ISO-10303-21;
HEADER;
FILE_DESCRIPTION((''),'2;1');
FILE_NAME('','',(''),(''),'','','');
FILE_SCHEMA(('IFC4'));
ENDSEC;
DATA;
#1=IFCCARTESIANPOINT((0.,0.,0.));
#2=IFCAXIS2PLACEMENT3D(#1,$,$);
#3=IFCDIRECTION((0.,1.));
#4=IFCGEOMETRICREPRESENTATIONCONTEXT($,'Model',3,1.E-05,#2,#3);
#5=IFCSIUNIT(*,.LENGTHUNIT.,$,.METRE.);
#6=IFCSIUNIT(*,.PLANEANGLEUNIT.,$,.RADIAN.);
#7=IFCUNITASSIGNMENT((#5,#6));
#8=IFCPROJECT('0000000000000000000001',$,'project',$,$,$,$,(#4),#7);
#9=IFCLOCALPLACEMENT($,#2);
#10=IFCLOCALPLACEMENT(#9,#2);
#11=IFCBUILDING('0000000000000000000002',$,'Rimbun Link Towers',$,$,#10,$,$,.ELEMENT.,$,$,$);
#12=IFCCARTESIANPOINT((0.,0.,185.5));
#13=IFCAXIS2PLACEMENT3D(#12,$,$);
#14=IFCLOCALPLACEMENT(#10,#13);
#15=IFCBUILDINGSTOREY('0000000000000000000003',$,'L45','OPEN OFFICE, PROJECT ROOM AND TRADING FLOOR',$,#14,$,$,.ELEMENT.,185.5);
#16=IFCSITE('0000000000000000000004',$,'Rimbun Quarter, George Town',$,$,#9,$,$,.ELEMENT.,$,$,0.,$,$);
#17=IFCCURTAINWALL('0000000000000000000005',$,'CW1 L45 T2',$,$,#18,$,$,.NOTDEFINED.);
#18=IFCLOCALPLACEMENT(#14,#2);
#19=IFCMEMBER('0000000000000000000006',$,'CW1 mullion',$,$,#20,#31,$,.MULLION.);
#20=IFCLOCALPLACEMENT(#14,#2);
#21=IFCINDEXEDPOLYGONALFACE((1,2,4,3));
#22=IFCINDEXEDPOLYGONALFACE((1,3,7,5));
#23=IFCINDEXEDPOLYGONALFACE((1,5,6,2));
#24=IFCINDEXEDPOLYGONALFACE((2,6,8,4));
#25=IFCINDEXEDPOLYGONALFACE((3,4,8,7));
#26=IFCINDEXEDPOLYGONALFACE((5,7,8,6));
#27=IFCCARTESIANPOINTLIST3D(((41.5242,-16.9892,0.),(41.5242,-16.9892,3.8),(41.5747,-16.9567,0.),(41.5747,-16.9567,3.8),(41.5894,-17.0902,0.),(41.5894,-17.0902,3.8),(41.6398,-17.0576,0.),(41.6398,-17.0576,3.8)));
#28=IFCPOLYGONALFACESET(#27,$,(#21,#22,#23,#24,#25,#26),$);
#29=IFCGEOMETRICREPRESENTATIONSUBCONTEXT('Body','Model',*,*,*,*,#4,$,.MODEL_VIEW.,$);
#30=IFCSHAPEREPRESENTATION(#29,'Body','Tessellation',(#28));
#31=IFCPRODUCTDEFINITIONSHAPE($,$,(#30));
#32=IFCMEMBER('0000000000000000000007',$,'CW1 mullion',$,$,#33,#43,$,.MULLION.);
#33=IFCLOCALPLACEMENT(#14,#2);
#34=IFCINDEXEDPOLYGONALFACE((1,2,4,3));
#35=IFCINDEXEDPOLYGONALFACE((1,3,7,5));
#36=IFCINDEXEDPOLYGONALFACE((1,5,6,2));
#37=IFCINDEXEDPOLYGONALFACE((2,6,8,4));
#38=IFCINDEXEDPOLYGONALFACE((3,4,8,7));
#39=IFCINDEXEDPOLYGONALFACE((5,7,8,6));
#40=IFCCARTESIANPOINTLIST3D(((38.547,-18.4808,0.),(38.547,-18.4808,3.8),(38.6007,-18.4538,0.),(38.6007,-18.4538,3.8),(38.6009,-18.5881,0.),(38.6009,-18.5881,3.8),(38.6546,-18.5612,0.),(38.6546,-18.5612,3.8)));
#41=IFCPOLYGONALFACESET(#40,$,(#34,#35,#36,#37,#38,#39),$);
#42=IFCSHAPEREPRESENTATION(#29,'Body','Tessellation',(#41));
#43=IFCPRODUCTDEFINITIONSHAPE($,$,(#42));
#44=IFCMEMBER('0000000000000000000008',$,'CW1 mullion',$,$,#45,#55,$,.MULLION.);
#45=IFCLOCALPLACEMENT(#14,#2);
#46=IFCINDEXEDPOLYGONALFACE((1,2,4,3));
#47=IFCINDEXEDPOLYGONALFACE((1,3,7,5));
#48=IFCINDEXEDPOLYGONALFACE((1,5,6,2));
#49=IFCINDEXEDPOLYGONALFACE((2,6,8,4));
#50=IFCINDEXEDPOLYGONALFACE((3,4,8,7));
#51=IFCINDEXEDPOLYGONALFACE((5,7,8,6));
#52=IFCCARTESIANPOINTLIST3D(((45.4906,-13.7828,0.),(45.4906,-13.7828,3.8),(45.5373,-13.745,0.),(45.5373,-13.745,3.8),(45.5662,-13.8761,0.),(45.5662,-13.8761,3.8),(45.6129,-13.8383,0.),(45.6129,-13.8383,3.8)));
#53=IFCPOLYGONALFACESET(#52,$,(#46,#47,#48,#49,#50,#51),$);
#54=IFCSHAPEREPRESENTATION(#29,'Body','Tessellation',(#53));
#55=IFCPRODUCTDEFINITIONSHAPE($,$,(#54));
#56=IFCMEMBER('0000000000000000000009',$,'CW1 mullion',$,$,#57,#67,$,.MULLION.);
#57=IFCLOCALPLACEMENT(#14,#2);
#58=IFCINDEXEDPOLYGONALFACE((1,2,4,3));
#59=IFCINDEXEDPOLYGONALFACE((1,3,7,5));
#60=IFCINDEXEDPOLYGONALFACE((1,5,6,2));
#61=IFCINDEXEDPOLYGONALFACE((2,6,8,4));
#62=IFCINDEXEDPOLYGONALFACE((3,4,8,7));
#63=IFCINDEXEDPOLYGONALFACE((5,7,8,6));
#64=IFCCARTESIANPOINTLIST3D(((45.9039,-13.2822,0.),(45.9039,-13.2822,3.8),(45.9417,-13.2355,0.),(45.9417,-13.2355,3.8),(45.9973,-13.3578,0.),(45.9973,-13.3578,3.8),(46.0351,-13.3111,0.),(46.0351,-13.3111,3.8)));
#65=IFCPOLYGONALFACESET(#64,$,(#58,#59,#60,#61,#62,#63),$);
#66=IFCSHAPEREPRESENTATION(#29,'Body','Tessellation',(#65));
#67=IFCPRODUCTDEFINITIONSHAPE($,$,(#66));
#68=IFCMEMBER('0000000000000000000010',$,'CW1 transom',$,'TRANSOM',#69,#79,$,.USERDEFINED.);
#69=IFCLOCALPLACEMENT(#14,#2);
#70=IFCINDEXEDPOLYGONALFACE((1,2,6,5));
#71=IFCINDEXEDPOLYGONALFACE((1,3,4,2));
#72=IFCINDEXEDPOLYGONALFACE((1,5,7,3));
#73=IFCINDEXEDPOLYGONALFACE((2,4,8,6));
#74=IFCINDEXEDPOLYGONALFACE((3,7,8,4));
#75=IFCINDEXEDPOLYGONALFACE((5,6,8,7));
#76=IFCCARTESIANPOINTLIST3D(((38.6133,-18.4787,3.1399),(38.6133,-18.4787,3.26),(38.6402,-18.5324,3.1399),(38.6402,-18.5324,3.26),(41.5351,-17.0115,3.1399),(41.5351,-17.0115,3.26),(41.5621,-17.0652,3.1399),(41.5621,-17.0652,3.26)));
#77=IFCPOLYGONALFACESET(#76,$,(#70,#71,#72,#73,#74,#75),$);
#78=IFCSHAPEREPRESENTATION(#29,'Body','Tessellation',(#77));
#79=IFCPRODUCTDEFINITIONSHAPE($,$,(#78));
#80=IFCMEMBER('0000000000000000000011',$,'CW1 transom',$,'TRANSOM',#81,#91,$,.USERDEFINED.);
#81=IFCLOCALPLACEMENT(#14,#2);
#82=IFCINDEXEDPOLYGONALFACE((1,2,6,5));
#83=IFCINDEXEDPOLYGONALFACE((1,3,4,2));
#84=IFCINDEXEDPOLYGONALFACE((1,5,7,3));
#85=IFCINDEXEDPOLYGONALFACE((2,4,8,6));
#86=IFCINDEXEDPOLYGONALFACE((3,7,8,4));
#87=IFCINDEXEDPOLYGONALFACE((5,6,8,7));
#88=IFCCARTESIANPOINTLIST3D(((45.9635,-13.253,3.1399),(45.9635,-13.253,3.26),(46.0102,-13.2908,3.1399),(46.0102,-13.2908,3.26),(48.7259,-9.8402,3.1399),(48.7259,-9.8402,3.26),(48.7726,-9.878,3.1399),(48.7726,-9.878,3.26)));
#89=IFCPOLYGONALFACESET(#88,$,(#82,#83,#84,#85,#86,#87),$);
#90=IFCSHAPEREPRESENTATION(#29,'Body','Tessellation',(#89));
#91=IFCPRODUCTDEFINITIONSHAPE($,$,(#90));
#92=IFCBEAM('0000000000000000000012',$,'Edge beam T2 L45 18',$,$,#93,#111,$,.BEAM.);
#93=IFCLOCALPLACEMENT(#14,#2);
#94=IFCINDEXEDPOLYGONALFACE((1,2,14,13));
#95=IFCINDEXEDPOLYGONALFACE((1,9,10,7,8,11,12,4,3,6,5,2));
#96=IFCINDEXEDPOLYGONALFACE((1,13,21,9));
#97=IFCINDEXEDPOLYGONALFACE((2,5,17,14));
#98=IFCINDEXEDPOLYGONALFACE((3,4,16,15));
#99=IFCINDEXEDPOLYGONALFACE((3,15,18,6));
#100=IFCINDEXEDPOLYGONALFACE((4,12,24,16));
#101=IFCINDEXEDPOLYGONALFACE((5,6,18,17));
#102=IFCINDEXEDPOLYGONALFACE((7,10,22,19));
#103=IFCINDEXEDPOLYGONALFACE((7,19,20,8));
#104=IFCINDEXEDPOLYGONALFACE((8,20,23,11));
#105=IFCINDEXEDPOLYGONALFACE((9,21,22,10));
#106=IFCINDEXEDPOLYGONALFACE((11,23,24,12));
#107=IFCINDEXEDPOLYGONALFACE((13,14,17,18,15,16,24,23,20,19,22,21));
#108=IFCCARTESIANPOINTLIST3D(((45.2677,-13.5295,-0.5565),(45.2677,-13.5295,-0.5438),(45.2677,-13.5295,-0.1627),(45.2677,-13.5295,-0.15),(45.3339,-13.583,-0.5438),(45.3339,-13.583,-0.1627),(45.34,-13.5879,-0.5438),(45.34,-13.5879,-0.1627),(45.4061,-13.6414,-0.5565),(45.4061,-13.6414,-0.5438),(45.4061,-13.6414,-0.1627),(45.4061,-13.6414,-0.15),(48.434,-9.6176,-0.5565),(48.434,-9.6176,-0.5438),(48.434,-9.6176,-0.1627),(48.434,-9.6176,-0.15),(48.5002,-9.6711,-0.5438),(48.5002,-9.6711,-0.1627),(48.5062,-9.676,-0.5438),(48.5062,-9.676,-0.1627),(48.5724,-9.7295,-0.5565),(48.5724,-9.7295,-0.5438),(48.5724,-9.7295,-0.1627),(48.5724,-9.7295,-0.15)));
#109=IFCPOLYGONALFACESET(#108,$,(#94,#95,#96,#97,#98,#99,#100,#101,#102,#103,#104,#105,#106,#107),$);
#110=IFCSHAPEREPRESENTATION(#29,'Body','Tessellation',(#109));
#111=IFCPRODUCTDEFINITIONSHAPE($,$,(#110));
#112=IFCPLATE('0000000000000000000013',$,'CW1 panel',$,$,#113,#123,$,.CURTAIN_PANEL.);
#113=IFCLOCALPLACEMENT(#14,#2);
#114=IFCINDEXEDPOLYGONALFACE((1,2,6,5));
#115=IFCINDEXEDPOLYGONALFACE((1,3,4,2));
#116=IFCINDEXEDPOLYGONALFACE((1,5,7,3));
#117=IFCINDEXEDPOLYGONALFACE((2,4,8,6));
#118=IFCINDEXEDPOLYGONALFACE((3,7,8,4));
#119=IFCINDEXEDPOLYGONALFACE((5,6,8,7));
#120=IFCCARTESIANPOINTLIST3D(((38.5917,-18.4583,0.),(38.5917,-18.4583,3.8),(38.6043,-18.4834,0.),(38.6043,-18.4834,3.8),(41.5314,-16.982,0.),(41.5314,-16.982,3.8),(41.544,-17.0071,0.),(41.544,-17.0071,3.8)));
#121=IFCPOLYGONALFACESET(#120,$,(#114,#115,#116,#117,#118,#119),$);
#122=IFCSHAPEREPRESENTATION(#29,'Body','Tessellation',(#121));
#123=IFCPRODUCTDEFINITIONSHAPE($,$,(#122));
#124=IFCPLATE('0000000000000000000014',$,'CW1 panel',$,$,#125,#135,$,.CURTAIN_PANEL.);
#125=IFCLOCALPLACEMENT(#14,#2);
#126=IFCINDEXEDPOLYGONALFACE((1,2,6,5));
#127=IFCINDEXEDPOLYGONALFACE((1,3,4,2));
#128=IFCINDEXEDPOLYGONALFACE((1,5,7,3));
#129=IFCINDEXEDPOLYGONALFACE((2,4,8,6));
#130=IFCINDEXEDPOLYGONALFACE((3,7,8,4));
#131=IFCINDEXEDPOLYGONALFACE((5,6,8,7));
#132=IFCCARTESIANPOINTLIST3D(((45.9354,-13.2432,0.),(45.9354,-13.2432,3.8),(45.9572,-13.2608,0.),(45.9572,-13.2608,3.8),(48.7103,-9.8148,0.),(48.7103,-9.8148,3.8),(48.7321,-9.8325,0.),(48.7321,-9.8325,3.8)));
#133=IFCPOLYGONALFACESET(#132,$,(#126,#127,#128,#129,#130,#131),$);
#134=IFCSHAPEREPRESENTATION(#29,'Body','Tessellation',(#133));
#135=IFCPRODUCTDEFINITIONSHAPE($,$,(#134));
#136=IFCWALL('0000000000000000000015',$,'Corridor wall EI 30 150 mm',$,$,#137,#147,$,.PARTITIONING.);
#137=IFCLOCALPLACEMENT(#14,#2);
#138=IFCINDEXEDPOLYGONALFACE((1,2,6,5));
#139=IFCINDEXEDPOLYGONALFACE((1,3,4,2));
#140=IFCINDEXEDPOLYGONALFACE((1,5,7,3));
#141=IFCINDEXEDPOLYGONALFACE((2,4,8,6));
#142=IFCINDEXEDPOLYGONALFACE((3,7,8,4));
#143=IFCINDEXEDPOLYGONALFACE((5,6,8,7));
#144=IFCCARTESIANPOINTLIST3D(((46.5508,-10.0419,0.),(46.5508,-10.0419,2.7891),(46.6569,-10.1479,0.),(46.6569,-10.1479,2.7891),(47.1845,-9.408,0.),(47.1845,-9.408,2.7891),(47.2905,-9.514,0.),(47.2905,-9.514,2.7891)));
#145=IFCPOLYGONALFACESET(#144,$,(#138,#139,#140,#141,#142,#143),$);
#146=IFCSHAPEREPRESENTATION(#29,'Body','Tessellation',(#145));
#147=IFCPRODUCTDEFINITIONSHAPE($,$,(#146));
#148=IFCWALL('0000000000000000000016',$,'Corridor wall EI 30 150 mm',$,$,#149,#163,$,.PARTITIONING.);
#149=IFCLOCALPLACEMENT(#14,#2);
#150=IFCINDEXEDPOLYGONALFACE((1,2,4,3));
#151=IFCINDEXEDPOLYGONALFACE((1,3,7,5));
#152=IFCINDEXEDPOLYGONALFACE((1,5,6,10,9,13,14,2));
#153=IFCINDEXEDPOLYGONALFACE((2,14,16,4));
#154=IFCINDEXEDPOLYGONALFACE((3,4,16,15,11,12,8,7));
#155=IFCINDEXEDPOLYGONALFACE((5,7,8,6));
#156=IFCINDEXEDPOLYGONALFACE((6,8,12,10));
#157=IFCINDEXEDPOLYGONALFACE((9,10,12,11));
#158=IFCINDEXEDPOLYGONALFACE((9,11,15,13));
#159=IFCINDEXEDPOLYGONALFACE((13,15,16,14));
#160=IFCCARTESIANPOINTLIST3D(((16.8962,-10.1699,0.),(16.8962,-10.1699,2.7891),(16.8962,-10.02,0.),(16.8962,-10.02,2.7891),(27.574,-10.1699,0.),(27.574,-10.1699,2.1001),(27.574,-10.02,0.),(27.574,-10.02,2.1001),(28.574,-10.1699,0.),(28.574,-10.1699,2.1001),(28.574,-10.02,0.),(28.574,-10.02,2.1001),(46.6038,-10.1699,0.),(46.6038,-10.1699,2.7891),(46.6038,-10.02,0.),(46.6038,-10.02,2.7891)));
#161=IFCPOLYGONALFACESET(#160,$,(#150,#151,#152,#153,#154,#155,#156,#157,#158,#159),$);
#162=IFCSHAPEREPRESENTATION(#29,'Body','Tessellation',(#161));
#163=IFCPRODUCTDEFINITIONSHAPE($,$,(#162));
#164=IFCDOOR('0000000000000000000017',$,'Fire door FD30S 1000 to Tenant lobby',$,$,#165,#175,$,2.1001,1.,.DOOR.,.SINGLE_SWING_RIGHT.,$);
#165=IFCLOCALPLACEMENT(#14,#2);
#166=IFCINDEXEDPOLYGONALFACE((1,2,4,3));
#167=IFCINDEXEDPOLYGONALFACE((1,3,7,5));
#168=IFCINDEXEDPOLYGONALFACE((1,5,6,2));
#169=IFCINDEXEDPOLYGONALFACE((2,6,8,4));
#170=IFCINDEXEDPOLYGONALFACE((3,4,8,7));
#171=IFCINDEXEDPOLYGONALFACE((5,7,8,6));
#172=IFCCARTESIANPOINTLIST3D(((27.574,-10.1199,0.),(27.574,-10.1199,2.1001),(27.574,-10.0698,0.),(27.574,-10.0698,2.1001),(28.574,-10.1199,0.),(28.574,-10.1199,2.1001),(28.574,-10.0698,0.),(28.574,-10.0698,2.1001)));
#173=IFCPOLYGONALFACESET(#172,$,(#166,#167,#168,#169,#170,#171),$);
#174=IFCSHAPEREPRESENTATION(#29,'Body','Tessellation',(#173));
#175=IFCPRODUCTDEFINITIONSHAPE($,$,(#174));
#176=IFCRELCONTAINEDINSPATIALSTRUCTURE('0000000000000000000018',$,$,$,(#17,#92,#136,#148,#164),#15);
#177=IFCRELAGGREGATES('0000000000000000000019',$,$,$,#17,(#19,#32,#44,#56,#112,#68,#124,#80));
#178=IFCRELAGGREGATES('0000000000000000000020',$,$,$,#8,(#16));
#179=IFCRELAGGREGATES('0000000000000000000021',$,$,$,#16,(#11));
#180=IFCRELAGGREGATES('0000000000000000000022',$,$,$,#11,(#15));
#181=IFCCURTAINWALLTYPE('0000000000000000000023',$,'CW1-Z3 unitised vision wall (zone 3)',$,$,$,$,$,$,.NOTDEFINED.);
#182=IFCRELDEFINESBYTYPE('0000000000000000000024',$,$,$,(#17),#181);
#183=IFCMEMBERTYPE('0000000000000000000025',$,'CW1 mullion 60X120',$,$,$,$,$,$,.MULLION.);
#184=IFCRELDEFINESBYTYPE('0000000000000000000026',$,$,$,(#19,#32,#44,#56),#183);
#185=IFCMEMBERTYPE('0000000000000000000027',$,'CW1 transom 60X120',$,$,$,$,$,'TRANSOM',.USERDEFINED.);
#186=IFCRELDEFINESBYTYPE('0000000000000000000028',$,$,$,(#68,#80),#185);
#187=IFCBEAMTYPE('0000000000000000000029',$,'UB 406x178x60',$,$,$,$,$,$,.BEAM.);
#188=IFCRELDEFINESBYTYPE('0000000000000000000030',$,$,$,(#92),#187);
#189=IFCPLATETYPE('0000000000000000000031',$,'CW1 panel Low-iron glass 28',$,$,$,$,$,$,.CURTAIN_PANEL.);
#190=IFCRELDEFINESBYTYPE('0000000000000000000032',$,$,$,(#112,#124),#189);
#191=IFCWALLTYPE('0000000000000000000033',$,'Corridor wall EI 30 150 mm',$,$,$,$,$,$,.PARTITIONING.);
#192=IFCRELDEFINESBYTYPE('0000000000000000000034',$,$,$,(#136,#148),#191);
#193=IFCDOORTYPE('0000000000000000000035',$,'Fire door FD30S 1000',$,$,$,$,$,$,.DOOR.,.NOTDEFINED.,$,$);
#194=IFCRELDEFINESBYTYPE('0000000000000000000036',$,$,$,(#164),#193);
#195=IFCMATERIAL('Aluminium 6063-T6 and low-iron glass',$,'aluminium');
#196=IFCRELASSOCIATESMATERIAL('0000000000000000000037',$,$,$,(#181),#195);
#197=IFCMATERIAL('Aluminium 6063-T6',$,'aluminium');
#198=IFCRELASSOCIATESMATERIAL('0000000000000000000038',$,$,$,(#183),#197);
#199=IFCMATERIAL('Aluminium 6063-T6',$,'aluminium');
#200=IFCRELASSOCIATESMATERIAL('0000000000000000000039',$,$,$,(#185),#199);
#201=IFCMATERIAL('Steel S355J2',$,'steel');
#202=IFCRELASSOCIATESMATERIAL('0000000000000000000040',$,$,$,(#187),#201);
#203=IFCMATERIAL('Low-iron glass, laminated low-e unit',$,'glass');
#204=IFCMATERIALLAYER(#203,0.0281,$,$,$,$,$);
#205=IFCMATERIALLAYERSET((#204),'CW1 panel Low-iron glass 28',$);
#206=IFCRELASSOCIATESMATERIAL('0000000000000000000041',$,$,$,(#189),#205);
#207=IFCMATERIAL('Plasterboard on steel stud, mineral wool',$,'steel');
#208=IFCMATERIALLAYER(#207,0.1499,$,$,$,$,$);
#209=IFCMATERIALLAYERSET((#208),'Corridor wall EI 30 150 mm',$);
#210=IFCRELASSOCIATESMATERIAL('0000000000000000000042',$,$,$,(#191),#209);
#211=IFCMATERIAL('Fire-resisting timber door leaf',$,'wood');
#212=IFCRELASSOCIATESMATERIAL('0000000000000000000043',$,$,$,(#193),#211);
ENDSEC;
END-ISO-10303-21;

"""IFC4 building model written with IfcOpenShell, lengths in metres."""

from ifc_helpers import new_model, si_unit, direction, frame, frame_2d, origin, origin_2d, place, context, subcontext, project, spatial, rectangle, i_section, extrude, material, layer, layer_set, material_profile, profile_set, type_object, element, fill, aggregate, save


model = new_model("IFC4")

# Units and contexts
model_context = context("Model", 3, precision=1e-05, world=origin(), true_north=direction((0.0, 1.0)))
body_context = subcontext(model_context, "Body", "Model", "MODEL_VIEW")
ifc_project = project(units=[si_unit("LENGTHUNIT", "METRE"), si_unit("PLANEANGLEUNIT", "RADIAN")], contexts=[model_context])

# Site, building, storey
site_placement = place(None, origin())
site = spatial("IfcSite", under=ifc_project, at=site_placement, Name="Rimbun Quarter, George Town", CompositionType="ELEMENT", RefElevation=0.0)
building_placement = place(site_placement, origin())
building = spatial("IfcBuilding", under=site, at=building_placement, Name="Rimbun Link Towers", CompositionType="ELEMENT")
storey_placement = place(building_placement, frame((0.0, 0.0, 185.5)))
storey = spatial("IfcBuildingStorey", under=building, at=storey_placement, Name="L45", Description="OPEN OFFICE, PROJECT ROOM AND TRADING FLOOR", CompositionType="ELEMENT", Elevation=185.5)

# Curtain wall, members
ifc_material_1 = material(Name="Aluminium 6063-T6 and low-iron glass", Category="aluminium")
curtain_wall_type = type_object("IfcCurtainWallType", Name="CW1-Z3 unitised vision wall (zone 3)", PredefinedType="NOTDEFINED", material=ifc_material_1)
curtain_wall_placement = place(storey_placement, origin())
curtain_wall = element("IfcCurtainWall", 1, at=curtain_wall_placement, inside=storey, type_object=curtain_wall_type, Name="CW1 L45 T2", PredefinedType="NOTDEFINED")
ifc_material_2 = material(Name="Aluminium 6063-T6", Category="aluminium")
ifc_material_profile_1 = material_profile(ifc_material_2, rectangle(XDim=0.1201, YDim=0.0601, at=origin_2d()), Name="MULLION 60X120")
ifc_profile_set_1 = profile_set([ifc_material_profile_1], Name="Aluminium 6063-T6")
member_type_1 = type_object("IfcMemberType", Name="CW1 mullion 60X120", PredefinedType="MULLION", material=ifc_profile_set_1)
member_1_placement = place(storey_placement, frame((41.582, -17.0234, 0.0), z_axis=(0.0, 0.0, 1.0), x_axis=(0.542094, -0.840318, 0.0)))
member_1 = element("IfcMember", 2, at=member_1_placement, type_object=member_type_1, Name="CW1 mullion", PredefinedType="MULLION", context=body_context, shape_type="SweptSolid", body=[
    extrude(rectangle(XDim=0.1201, YDim=0.0601, at=origin_2d()), origin(), (0.0, 0.0, 1.0), 3.8),
])
member_2_placement = place(storey_placement, frame((38.6008, -18.521, 0.0), z_axis=(0.0, 0.0, 1.0), x_axis=(0.448781, -0.893642, 0.0)))
member_2 = element("IfcMember", 3, at=member_2_placement, type_object=member_type_1, Name="CW1 mullion", PredefinedType="MULLION", context=body_context, shape_type="SweptSolid", body=[
    extrude(rectangle(XDim=0.1201, YDim=0.0601, at=origin_2d()), origin(), (0.0, 0.0, 1.0), 3.8),
])
member_3_placement = place(storey_placement, frame((45.5518, -13.8105, 0.0), z_axis=(0.0, 0.0, 1.0), x_axis=(0.629146, -0.777287, 0.0)))
member_3 = element("IfcMember", 4, at=member_3_placement, type_object=member_type_1, Name="CW1 mullion", PredefinedType="MULLION", context=body_context, shape_type="SweptSolid", body=[
    extrude(rectangle(XDim=0.1201, YDim=0.0601, at=origin_2d()), origin(), (0.0, 0.0, 1.0), 3.8),
])
member_4_placement = place(storey_placement, frame((45.9695, -13.2966, 0.0), z_axis=(0.0, 0.0, 1.0), x_axis=(0.777287, -0.629146, 0.0)))
member_4 = element("IfcMember", 5, at=member_4_placement, type_object=member_type_1, Name="CW1 mullion", PredefinedType="MULLION", context=body_context, shape_type="SweptSolid", body=[
    extrude(rectangle(XDim=0.1201, YDim=0.0601, at=origin_2d()), origin(), (0.0, 0.0, 1.0), 3.8),
])
ifc_material_3 = material(Name="Aluminium 6063-T6", Category="aluminium")
ifc_material_profile_2 = material_profile(ifc_material_3, rectangle(XDim=0.0601, YDim=0.1201, at=origin_2d()), Name="TRANSOM 60X120")
ifc_profile_set_2 = profile_set([ifc_material_profile_2], Name="Aluminium 6063-T6")
member_type_2 = type_object("IfcMemberType", Name="CW1 transom 60X120", ElementType="TRANSOM", PredefinedType="USERDEFINED", material=ifc_profile_set_2)
member_5_placement = place(storey_placement, frame((41.5486, -17.0383, 3.2), z_axis=(-0.893649, -0.448766, 0.0), x_axis=(0.448766, -0.893649, 0.0)))
member_5 = element("IfcMember", 6, at=member_5_placement, type_object=member_type_2, Name="CW1 transom", ObjectType="TRANSOM", PredefinedType="USERDEFINED", context=body_context, shape_type="SweptSolid", body=[
    extrude(rectangle(XDim=0.0601, YDim=0.1201, at=origin_2d()), origin(), (0.0, 0.0, 1.0), 3.2695),
])
member_6_placement = place(storey_placement, frame((48.7493, -9.8591, 3.2), z_axis=(-0.629153, -0.777281, 0.0), x_axis=(0.777281, -0.629153, 0.0)))
member_6 = element("IfcMember", 7, at=member_6_placement, type_object=member_type_2, Name="CW1 transom", ObjectType="TRANSOM", PredefinedType="USERDEFINED", context=body_context, shape_type="SweptSolid", body=[
    extrude(rectangle(XDim=0.0601, YDim=0.1201, at=origin_2d()), origin(), (0.0, 0.0, 1.0), 4.3906),
])

# Beam
ifc_material_4 = material(Name="Steel S355J2", Category="steel")
ifc_material_profile_3 = material_profile(ifc_material_4, i_section(OverallWidth=0.178, OverallDepth=0.4065, WebThickness=0.0078, FlangeThickness=0.0127, at=origin_2d()), Name="UB 406x178x60")
ifc_profile_set_3 = profile_set([ifc_material_profile_3], Name="Steel S355J2")
beam_type = type_object("IfcBeamType", Name="UB 406x178x60", PredefinedType="BEAM", material=ifc_profile_set_3)
beam_placement = place(storey_placement, frame((45.3369, -13.5854, -0.3533), z_axis=(0.62914, 0.777292, 0.0), x_axis=(-0.777292, 0.62914, 0.0)))
element("IfcBeam", 8, at=beam_placement, inside=storey, type_object=beam_type, Name="Edge beam T2 L45 18", PredefinedType="BEAM", context=body_context, shape_type="SweptSolid", body=[
    extrude(i_section(OverallWidth=0.178, OverallDepth=0.4065, WebThickness=0.0078, FlangeThickness=0.0127, at=origin_2d()), origin(), (0.0, 0.0, 1.0), 5.0327),
])

# Plates
ifc_material_5 = material(Name="Low-iron glass, laminated low-e unit", Category="glass")
ifc_layer_1 = layer(ifc_material_5, 0.0281)
ifc_layer_set_1 = layer_set([ifc_layer_1], Name="CW1 panel Low-iron glass 28")
plate_type = type_object("IfcPlateType", Name="CW1 panel Low-iron glass 28", PredefinedType="CURTAIN_PANEL", material=ifc_layer_set_1)
plate_1_placement = place(storey_placement, frame((40.0679, -17.7327, 0.0), z_axis=(0.0, 0.0, 1.0), x_axis=(-0.893642, -0.448781, 0.0)))
plate_1 = element("IfcPlate", 9, at=plate_1_placement, type_object=plate_type, Name="CW1 panel", PredefinedType="CURTAIN_PANEL", context=body_context, shape_type="SweptSolid", body=[
    extrude(rectangle(XDim=3.2896, YDim=0.0281, at=origin_2d()), origin(), (0.0, 0.0, 1.0), 3.8),
])
plate_2_placement = place(storey_placement, frame((47.3337, -11.5378, 0.0), z_axis=(0.0, 0.0, 1.0), x_axis=(-0.629146, -0.777287, 0.0)))
plate_2 = element("IfcPlate", 10, at=plate_2_placement, type_object=plate_type, Name="CW1 panel", PredefinedType="CURTAIN_PANEL", context=body_context, shape_type="SweptSolid", body=[
    extrude(rectangle(XDim=4.4106, YDim=0.0281, at=origin_2d()), origin(), (0.0, 0.0, 1.0), 3.8),
])
aggregate(curtain_wall, [member_1, member_2, member_3, member_4, plate_1, member_5, plate_2, member_6])

# Wall
ifc_material_6 = material(Name="Plasterboard on steel stud, mineral wool", Category="steel")
ifc_layer_2 = layer(ifc_material_6, 0.1499)
ifc_layer_set_2 = layer_set([ifc_layer_2], Name="Corridor wall EI 30 150 mm")
wall_type_1 = type_object("IfcWallType", Name="Corridor wall EI 30 150 mm", PredefinedType="PARTITIONING", material=ifc_layer_set_2)
wall_1_placement = place(storey_placement, frame((46.6038, -10.095, 0.0), z_axis=(0.0, 0.0, 1.0), x_axis=(0.706971, 0.707243, 0.0)))
element("IfcWall", 11, at=wall_1_placement, inside=storey, type_object=wall_type_1, Name="Corridor wall EI 30 150 mm", PredefinedType="PARTITIONING", context=body_context, shape_type="SweptSolid", body=[
    extrude(rectangle(XDim=0.8962, YDim=0.1499, at=frame_2d((0.4482, 0.0))), origin(), (0.0, 0.0, 1.0), 2.7891),
])

# Wall, opening, door
wall_2_placement = place(storey_placement, frame((46.6038, -10.095, 0.0), z_axis=(0.0, 0.0, 1.0), x_axis=(-1.0, 0.0, 0.0)))
wall_2 = element("IfcWall", 12, at=wall_2_placement, inside=storey, type_object=wall_type_1, Name="Corridor wall EI 30 150 mm", PredefinedType="PARTITIONING", context=body_context, shape_type="SweptSolid", body=[
    extrude(rectangle(XDim=29.7075, YDim=0.1499, at=frame_2d((14.8538, 0.0))), origin(), (0.0, 0.0, 1.0), 2.7891),
])
opening_1_placement = place(wall_2_placement, frame((18.0298, 0.0, 0.0)))
opening_1 = element("IfcOpeningElement", 13, at=opening_1_placement, cuts=wall_2, PredefinedType="OPENING", context=body_context, shape_type="SweptSolid", body=[
    extrude(rectangle(XDim=1.0, YDim=2.1001, at=frame_2d((0.5, 1.05))), frame((0.0, 0.085, 0.0), z_axis=(0.0, -1.0, 0.0), x_axis=(1.0, 0.0, 0.0)), (0.0, 0.0, 1.0), 0.1699),
])
ifc_material_7 = material(Name="Fire-resisting timber door leaf", Category="wood")
door_type_1 = type_object("IfcDoorType", Name="Fire door FD30S 1000", OperationType="NOTDEFINED", PredefinedType="DOOR", material=ifc_material_7)
door_1_placement = place(opening_1_placement, origin())
door_1 = element("IfcDoor", 14, at=door_1_placement, inside=storey, type_object=door_type_1, Name="Fire door FD30S 1000 to Tenant lobby", OperationType="SINGLE_SWING_RIGHT", OverallHeight=2.1001, OverallWidth=1.0, PredefinedType="DOOR", context=body_context, shape_type="SweptSolid", body=[
    extrude(rectangle(XDim=1.0, YDim=2.1001, at=frame_2d((0.5, 1.05))), frame((0.0, 0.0249, 0.0), z_axis=(0.0, -1.0, 0.0), x_axis=(1.0, 0.0, 0.0)), (0.0, 0.0, 1.0), 0.05),
])
fill(opening_1, door_1)

save(model, "model.ifc")
